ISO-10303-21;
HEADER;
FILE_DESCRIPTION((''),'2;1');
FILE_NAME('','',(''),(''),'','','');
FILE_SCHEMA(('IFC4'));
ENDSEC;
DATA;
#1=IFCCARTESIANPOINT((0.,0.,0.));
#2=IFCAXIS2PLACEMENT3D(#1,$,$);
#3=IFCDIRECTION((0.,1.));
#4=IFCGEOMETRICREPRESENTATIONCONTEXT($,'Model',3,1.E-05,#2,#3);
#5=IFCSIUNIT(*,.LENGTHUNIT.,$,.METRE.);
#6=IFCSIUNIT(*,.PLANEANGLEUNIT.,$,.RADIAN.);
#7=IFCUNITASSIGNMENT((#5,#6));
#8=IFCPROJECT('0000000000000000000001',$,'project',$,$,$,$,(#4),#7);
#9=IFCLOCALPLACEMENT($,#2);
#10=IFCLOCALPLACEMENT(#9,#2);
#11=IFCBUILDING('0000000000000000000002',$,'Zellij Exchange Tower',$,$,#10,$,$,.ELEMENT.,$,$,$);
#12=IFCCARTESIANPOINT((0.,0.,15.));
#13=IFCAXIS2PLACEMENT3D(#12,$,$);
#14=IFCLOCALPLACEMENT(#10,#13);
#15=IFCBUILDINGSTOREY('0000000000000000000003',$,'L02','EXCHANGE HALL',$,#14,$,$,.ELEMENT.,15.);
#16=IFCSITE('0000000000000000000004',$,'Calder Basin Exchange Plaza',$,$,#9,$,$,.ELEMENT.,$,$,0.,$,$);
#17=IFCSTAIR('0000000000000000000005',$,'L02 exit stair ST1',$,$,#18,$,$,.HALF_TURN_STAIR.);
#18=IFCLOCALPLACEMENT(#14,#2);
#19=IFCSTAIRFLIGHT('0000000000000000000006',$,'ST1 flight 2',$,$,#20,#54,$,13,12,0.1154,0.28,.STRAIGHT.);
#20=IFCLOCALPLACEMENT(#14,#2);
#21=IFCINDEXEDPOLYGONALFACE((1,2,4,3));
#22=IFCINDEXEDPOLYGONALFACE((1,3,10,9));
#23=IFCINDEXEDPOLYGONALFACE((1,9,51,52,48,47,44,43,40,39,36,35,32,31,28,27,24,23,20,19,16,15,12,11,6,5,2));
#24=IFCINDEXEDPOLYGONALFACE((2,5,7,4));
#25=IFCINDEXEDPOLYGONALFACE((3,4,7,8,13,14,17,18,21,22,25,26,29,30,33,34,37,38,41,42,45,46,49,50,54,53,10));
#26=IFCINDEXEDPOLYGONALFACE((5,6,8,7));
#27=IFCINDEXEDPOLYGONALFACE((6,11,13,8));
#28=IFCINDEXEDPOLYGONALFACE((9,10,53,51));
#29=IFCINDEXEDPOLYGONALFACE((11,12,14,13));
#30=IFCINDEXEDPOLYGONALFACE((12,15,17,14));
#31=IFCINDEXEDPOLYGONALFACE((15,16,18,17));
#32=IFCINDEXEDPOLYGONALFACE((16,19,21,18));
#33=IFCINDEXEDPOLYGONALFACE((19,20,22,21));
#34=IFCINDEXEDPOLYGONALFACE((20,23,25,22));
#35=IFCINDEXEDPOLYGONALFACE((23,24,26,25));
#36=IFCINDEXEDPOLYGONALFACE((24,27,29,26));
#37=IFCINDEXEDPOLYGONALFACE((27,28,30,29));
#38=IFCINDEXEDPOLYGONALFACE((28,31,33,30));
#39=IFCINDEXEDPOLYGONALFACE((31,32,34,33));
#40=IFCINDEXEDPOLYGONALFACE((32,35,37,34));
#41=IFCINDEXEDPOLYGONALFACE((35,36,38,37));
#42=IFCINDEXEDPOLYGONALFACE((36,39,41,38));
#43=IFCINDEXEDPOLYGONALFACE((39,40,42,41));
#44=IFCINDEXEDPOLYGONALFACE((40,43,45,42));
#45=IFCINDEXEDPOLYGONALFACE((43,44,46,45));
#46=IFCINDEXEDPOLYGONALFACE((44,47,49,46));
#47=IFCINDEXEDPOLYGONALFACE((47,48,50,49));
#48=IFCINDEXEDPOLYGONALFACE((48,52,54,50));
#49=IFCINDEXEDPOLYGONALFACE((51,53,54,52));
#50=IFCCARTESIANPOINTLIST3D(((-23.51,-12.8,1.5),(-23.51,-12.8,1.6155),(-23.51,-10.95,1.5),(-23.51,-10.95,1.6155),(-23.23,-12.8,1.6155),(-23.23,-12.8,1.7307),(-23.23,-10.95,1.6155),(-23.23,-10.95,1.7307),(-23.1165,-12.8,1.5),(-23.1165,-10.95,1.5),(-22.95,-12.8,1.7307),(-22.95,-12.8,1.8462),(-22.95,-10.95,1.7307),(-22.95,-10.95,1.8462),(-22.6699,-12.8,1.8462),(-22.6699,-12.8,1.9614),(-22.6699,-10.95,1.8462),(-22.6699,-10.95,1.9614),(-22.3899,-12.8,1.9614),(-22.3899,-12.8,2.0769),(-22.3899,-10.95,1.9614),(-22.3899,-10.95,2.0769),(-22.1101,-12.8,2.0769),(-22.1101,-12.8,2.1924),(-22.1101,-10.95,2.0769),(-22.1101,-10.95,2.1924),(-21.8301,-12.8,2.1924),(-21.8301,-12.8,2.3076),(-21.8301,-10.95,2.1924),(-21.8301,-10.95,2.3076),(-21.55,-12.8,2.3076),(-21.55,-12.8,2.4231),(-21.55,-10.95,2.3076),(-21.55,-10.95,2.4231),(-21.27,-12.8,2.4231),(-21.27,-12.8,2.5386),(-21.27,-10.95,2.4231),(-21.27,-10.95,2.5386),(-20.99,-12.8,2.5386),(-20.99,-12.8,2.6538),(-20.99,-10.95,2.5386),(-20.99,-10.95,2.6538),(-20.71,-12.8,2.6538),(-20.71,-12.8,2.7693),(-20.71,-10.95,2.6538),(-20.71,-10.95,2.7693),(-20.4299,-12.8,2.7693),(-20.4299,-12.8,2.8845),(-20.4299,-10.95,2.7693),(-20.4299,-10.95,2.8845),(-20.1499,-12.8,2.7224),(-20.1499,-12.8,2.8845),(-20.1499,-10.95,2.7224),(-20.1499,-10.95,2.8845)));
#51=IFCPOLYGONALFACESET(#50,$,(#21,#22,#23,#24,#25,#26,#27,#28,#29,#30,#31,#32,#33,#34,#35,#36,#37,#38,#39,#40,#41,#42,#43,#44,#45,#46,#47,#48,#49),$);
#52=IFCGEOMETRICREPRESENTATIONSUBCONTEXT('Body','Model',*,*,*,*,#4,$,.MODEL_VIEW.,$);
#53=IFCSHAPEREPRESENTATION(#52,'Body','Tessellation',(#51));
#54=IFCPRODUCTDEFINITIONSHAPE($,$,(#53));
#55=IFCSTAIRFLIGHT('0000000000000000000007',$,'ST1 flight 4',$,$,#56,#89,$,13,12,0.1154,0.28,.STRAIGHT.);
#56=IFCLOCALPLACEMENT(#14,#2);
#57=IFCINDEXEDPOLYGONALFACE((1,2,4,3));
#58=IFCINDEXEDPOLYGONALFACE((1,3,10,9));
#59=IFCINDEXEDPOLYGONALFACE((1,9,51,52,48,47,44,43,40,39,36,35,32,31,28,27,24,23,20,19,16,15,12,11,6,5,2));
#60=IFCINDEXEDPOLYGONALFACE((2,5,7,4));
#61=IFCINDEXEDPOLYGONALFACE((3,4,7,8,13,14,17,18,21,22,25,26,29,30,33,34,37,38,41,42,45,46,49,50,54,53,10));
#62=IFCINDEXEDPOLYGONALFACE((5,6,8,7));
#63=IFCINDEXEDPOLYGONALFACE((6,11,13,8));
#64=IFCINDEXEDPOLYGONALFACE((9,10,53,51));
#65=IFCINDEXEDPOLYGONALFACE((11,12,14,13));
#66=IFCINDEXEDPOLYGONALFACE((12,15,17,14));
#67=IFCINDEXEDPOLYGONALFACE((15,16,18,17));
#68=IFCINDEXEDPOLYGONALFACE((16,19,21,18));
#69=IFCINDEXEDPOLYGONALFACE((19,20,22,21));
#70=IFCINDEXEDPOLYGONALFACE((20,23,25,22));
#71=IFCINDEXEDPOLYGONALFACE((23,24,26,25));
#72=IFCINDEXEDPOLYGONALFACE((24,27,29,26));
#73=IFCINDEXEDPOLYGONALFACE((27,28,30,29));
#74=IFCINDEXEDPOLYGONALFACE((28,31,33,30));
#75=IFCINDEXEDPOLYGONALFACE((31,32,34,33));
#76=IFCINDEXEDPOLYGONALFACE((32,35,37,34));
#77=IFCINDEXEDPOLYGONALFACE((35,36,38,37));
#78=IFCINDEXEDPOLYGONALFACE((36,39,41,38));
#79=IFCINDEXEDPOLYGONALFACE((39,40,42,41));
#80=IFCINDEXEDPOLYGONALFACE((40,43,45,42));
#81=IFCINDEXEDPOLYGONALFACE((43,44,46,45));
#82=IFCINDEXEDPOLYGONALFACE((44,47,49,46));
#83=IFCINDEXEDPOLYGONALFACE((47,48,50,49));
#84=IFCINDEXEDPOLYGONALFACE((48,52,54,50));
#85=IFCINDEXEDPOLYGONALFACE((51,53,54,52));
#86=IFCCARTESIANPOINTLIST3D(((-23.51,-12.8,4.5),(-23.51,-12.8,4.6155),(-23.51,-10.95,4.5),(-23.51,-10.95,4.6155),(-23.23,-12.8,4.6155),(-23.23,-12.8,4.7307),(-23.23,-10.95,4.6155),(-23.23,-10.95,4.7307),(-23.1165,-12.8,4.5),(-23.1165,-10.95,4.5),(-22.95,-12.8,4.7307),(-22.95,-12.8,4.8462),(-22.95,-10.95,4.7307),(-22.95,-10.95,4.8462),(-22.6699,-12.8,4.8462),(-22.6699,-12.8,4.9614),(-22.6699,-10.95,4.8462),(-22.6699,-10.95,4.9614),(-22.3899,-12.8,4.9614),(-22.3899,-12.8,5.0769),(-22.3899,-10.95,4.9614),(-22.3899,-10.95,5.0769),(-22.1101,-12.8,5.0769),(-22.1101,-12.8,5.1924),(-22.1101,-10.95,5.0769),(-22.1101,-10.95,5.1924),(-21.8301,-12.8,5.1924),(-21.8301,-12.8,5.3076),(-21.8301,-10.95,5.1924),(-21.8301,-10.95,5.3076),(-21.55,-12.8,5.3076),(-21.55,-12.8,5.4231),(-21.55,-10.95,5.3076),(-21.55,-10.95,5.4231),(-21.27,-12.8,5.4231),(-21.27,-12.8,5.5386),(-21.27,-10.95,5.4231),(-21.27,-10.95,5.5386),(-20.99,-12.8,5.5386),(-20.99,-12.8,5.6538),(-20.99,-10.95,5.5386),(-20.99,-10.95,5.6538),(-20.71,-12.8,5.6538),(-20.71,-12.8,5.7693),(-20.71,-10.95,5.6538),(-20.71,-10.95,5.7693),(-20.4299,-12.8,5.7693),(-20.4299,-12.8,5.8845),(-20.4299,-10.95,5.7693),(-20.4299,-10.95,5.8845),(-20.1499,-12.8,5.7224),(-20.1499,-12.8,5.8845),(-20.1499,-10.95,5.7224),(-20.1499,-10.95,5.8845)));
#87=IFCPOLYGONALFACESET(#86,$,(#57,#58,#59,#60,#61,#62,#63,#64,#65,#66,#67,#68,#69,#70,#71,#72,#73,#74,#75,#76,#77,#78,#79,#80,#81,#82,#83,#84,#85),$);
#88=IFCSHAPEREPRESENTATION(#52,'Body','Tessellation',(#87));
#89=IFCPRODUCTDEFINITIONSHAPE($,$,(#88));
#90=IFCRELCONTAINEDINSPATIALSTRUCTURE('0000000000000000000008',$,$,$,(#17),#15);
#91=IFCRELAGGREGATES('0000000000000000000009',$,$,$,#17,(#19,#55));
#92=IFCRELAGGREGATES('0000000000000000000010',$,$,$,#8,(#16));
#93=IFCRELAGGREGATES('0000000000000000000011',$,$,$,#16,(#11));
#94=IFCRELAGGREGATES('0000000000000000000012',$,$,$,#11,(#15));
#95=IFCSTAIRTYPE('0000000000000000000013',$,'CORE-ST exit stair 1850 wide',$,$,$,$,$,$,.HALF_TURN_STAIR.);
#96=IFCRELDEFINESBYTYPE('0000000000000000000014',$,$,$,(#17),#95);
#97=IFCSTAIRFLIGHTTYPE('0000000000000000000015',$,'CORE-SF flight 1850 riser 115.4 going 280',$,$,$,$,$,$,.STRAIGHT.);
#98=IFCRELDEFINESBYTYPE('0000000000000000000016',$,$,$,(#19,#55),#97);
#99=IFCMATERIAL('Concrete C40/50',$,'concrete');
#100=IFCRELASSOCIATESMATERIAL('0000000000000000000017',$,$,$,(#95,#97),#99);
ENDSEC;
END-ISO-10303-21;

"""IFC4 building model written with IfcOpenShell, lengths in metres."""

from ifc_helpers import new_model, si_unit, direction, frame, origin, place, context, subcontext, project, spatial, polyline, outline, extrude, material, type_object, element, aggregate, save


model = new_model("IFC4")

# Units and contexts
model_context = context("Model", 3, precision=1e-05, world=origin(), true_north=direction((0.0, 1.0)))
body_context = subcontext(model_context, "Body", "Model", "MODEL_VIEW")
ifc_project = project(units=[si_unit("LENGTHUNIT", "METRE"), si_unit("PLANEANGLEUNIT", "RADIAN")], contexts=[model_context])

# Site, building, storey
site_placement = place(None, origin())
site = spatial("IfcSite", under=ifc_project, at=site_placement, Name="Calder Basin Exchange Plaza", CompositionType="ELEMENT", RefElevation=0.0)
building_placement = place(site_placement, origin())
building = spatial("IfcBuilding", under=site, at=building_placement, Name="Zellij Exchange Tower", CompositionType="ELEMENT")
storey_placement = place(building_placement, frame((0.0, 0.0, 15.0)))
storey = spatial("IfcBuildingStorey", under=building, at=storey_placement, Name="L02", Description="EXCHANGE HALL", CompositionType="ELEMENT", Elevation=15.0)

# Stair, stair flights
ifc_material_1 = material(Name="Concrete C40/50", Category="concrete")
stair_type = type_object("IfcStairType", Name="CORE-ST exit stair 1850 wide", PredefinedType="HALF_TURN_STAIR", material=ifc_material_1)
stair_placement = place(storey_placement, origin())
stair = element("IfcStair", 1, at=stair_placement, inside=storey, type_object=stair_type, Name="L02 exit stair ST1", PredefinedType="HALF_TURN_STAIR")
stair_flight_type = type_object("IfcStairFlightType", Name="CORE-SF flight 1850 riser 115.4 going 280", PredefinedType="STRAIGHT", material=ifc_material_1)
stair_flight_1_placement = place(storey_placement, frame((-23.51, -11.875, 1.5), z_axis=(0.0, 0.0, 1.0), x_axis=(1.0, 0.0, 0.0)))
stair_flight_1 = element("IfcStairFlight", 2, at=stair_flight_1_placement, type_object=stair_flight_type, Name="ST1 flight 2", NumberOfRisers=13, NumberOfTreads=12, PredefinedType="STRAIGHT", RiserHeight=0.1154, TreadLength=0.28, context=body_context, shape_type="SweptSolid", body=[
    extrude(outline(polyline([(0.0, 0.0), (0.0, 0.1155), (0.28, 0.1155), (0.28, 0.2307), (0.5601, 0.2307), (0.5601, 0.3462), (0.8401, 0.3462), (0.8401, 0.4614), (1.1201, 0.4614), (1.1201, 0.5769), (1.3999, 0.5769), (1.3999, 0.6924), (1.6799, 0.6924), (1.6799, 0.8076), (1.96, 0.8076), (1.96, 0.9231), (2.24, 0.9231), (2.24, 1.0386), (2.52, 1.0386), (2.52, 1.1538), (2.8, 1.1538), (2.8, 1.2693), (3.0801, 1.2693), (3.0801, 1.3845), (3.3601, 1.3845), (3.3601, 1.5), (3.3601, 1.2224), (0.3936, 0.0), (0.0, 0.0)])), frame((0.0, 0.925, 0.0), z_axis=(0.0, -1.0, 0.0), x_axis=(1.0, 0.0, 0.0)), (0.0, 0.0, 1.0), 1.8501),
])
stair_flight_2_placement = place(storey_placement, frame((-23.51, -11.875, 4.5), z_axis=(0.0, 0.0, 1.0), x_axis=(1.0, 0.0, 0.0)))
stair_flight_2 = element("IfcStairFlight", 3, at=stair_flight_2_placement, type_object=stair_flight_type, Name="ST1 flight 4", NumberOfRisers=13, NumberOfTreads=12, PredefinedType="STRAIGHT", RiserHeight=0.1154, TreadLength=0.28, context=body_context, shape_type="SweptSolid", body=[
    extrude(outline(polyline([(0.0, 0.0), (0.0, 0.1155), (0.28, 0.1155), (0.28, 0.2307), (0.5601, 0.2307), (0.5601, 0.3462), (0.8401, 0.3462), (0.8401, 0.4614), (1.1201, 0.4614), (1.1201, 0.5769), (1.3999, 0.5769), (1.3999, 0.6924), (1.6799, 0.6924), (1.6799, 0.8076), (1.96, 0.8076), (1.96, 0.9231), (2.24, 0.9231), (2.24, 1.0386), (2.52, 1.0386), (2.52, 1.1538), (2.8, 1.1538), (2.8, 1.2693), (3.0801, 1.2693), (3.0801, 1.3845), (3.3601, 1.3845), (3.3601, 1.5), (3.3601, 1.2224), (0.3936, 0.0), (0.0, 0.0)])), frame((0.0, 0.925, 0.0), z_axis=(0.0, -1.0, 0.0), x_axis=(1.0, 0.0, 0.0)), (0.0, 0.0, 1.0), 1.8501),
])
aggregate(stair, [stair_flight_1, stair_flight_2])

save(model, "model.ifc")
